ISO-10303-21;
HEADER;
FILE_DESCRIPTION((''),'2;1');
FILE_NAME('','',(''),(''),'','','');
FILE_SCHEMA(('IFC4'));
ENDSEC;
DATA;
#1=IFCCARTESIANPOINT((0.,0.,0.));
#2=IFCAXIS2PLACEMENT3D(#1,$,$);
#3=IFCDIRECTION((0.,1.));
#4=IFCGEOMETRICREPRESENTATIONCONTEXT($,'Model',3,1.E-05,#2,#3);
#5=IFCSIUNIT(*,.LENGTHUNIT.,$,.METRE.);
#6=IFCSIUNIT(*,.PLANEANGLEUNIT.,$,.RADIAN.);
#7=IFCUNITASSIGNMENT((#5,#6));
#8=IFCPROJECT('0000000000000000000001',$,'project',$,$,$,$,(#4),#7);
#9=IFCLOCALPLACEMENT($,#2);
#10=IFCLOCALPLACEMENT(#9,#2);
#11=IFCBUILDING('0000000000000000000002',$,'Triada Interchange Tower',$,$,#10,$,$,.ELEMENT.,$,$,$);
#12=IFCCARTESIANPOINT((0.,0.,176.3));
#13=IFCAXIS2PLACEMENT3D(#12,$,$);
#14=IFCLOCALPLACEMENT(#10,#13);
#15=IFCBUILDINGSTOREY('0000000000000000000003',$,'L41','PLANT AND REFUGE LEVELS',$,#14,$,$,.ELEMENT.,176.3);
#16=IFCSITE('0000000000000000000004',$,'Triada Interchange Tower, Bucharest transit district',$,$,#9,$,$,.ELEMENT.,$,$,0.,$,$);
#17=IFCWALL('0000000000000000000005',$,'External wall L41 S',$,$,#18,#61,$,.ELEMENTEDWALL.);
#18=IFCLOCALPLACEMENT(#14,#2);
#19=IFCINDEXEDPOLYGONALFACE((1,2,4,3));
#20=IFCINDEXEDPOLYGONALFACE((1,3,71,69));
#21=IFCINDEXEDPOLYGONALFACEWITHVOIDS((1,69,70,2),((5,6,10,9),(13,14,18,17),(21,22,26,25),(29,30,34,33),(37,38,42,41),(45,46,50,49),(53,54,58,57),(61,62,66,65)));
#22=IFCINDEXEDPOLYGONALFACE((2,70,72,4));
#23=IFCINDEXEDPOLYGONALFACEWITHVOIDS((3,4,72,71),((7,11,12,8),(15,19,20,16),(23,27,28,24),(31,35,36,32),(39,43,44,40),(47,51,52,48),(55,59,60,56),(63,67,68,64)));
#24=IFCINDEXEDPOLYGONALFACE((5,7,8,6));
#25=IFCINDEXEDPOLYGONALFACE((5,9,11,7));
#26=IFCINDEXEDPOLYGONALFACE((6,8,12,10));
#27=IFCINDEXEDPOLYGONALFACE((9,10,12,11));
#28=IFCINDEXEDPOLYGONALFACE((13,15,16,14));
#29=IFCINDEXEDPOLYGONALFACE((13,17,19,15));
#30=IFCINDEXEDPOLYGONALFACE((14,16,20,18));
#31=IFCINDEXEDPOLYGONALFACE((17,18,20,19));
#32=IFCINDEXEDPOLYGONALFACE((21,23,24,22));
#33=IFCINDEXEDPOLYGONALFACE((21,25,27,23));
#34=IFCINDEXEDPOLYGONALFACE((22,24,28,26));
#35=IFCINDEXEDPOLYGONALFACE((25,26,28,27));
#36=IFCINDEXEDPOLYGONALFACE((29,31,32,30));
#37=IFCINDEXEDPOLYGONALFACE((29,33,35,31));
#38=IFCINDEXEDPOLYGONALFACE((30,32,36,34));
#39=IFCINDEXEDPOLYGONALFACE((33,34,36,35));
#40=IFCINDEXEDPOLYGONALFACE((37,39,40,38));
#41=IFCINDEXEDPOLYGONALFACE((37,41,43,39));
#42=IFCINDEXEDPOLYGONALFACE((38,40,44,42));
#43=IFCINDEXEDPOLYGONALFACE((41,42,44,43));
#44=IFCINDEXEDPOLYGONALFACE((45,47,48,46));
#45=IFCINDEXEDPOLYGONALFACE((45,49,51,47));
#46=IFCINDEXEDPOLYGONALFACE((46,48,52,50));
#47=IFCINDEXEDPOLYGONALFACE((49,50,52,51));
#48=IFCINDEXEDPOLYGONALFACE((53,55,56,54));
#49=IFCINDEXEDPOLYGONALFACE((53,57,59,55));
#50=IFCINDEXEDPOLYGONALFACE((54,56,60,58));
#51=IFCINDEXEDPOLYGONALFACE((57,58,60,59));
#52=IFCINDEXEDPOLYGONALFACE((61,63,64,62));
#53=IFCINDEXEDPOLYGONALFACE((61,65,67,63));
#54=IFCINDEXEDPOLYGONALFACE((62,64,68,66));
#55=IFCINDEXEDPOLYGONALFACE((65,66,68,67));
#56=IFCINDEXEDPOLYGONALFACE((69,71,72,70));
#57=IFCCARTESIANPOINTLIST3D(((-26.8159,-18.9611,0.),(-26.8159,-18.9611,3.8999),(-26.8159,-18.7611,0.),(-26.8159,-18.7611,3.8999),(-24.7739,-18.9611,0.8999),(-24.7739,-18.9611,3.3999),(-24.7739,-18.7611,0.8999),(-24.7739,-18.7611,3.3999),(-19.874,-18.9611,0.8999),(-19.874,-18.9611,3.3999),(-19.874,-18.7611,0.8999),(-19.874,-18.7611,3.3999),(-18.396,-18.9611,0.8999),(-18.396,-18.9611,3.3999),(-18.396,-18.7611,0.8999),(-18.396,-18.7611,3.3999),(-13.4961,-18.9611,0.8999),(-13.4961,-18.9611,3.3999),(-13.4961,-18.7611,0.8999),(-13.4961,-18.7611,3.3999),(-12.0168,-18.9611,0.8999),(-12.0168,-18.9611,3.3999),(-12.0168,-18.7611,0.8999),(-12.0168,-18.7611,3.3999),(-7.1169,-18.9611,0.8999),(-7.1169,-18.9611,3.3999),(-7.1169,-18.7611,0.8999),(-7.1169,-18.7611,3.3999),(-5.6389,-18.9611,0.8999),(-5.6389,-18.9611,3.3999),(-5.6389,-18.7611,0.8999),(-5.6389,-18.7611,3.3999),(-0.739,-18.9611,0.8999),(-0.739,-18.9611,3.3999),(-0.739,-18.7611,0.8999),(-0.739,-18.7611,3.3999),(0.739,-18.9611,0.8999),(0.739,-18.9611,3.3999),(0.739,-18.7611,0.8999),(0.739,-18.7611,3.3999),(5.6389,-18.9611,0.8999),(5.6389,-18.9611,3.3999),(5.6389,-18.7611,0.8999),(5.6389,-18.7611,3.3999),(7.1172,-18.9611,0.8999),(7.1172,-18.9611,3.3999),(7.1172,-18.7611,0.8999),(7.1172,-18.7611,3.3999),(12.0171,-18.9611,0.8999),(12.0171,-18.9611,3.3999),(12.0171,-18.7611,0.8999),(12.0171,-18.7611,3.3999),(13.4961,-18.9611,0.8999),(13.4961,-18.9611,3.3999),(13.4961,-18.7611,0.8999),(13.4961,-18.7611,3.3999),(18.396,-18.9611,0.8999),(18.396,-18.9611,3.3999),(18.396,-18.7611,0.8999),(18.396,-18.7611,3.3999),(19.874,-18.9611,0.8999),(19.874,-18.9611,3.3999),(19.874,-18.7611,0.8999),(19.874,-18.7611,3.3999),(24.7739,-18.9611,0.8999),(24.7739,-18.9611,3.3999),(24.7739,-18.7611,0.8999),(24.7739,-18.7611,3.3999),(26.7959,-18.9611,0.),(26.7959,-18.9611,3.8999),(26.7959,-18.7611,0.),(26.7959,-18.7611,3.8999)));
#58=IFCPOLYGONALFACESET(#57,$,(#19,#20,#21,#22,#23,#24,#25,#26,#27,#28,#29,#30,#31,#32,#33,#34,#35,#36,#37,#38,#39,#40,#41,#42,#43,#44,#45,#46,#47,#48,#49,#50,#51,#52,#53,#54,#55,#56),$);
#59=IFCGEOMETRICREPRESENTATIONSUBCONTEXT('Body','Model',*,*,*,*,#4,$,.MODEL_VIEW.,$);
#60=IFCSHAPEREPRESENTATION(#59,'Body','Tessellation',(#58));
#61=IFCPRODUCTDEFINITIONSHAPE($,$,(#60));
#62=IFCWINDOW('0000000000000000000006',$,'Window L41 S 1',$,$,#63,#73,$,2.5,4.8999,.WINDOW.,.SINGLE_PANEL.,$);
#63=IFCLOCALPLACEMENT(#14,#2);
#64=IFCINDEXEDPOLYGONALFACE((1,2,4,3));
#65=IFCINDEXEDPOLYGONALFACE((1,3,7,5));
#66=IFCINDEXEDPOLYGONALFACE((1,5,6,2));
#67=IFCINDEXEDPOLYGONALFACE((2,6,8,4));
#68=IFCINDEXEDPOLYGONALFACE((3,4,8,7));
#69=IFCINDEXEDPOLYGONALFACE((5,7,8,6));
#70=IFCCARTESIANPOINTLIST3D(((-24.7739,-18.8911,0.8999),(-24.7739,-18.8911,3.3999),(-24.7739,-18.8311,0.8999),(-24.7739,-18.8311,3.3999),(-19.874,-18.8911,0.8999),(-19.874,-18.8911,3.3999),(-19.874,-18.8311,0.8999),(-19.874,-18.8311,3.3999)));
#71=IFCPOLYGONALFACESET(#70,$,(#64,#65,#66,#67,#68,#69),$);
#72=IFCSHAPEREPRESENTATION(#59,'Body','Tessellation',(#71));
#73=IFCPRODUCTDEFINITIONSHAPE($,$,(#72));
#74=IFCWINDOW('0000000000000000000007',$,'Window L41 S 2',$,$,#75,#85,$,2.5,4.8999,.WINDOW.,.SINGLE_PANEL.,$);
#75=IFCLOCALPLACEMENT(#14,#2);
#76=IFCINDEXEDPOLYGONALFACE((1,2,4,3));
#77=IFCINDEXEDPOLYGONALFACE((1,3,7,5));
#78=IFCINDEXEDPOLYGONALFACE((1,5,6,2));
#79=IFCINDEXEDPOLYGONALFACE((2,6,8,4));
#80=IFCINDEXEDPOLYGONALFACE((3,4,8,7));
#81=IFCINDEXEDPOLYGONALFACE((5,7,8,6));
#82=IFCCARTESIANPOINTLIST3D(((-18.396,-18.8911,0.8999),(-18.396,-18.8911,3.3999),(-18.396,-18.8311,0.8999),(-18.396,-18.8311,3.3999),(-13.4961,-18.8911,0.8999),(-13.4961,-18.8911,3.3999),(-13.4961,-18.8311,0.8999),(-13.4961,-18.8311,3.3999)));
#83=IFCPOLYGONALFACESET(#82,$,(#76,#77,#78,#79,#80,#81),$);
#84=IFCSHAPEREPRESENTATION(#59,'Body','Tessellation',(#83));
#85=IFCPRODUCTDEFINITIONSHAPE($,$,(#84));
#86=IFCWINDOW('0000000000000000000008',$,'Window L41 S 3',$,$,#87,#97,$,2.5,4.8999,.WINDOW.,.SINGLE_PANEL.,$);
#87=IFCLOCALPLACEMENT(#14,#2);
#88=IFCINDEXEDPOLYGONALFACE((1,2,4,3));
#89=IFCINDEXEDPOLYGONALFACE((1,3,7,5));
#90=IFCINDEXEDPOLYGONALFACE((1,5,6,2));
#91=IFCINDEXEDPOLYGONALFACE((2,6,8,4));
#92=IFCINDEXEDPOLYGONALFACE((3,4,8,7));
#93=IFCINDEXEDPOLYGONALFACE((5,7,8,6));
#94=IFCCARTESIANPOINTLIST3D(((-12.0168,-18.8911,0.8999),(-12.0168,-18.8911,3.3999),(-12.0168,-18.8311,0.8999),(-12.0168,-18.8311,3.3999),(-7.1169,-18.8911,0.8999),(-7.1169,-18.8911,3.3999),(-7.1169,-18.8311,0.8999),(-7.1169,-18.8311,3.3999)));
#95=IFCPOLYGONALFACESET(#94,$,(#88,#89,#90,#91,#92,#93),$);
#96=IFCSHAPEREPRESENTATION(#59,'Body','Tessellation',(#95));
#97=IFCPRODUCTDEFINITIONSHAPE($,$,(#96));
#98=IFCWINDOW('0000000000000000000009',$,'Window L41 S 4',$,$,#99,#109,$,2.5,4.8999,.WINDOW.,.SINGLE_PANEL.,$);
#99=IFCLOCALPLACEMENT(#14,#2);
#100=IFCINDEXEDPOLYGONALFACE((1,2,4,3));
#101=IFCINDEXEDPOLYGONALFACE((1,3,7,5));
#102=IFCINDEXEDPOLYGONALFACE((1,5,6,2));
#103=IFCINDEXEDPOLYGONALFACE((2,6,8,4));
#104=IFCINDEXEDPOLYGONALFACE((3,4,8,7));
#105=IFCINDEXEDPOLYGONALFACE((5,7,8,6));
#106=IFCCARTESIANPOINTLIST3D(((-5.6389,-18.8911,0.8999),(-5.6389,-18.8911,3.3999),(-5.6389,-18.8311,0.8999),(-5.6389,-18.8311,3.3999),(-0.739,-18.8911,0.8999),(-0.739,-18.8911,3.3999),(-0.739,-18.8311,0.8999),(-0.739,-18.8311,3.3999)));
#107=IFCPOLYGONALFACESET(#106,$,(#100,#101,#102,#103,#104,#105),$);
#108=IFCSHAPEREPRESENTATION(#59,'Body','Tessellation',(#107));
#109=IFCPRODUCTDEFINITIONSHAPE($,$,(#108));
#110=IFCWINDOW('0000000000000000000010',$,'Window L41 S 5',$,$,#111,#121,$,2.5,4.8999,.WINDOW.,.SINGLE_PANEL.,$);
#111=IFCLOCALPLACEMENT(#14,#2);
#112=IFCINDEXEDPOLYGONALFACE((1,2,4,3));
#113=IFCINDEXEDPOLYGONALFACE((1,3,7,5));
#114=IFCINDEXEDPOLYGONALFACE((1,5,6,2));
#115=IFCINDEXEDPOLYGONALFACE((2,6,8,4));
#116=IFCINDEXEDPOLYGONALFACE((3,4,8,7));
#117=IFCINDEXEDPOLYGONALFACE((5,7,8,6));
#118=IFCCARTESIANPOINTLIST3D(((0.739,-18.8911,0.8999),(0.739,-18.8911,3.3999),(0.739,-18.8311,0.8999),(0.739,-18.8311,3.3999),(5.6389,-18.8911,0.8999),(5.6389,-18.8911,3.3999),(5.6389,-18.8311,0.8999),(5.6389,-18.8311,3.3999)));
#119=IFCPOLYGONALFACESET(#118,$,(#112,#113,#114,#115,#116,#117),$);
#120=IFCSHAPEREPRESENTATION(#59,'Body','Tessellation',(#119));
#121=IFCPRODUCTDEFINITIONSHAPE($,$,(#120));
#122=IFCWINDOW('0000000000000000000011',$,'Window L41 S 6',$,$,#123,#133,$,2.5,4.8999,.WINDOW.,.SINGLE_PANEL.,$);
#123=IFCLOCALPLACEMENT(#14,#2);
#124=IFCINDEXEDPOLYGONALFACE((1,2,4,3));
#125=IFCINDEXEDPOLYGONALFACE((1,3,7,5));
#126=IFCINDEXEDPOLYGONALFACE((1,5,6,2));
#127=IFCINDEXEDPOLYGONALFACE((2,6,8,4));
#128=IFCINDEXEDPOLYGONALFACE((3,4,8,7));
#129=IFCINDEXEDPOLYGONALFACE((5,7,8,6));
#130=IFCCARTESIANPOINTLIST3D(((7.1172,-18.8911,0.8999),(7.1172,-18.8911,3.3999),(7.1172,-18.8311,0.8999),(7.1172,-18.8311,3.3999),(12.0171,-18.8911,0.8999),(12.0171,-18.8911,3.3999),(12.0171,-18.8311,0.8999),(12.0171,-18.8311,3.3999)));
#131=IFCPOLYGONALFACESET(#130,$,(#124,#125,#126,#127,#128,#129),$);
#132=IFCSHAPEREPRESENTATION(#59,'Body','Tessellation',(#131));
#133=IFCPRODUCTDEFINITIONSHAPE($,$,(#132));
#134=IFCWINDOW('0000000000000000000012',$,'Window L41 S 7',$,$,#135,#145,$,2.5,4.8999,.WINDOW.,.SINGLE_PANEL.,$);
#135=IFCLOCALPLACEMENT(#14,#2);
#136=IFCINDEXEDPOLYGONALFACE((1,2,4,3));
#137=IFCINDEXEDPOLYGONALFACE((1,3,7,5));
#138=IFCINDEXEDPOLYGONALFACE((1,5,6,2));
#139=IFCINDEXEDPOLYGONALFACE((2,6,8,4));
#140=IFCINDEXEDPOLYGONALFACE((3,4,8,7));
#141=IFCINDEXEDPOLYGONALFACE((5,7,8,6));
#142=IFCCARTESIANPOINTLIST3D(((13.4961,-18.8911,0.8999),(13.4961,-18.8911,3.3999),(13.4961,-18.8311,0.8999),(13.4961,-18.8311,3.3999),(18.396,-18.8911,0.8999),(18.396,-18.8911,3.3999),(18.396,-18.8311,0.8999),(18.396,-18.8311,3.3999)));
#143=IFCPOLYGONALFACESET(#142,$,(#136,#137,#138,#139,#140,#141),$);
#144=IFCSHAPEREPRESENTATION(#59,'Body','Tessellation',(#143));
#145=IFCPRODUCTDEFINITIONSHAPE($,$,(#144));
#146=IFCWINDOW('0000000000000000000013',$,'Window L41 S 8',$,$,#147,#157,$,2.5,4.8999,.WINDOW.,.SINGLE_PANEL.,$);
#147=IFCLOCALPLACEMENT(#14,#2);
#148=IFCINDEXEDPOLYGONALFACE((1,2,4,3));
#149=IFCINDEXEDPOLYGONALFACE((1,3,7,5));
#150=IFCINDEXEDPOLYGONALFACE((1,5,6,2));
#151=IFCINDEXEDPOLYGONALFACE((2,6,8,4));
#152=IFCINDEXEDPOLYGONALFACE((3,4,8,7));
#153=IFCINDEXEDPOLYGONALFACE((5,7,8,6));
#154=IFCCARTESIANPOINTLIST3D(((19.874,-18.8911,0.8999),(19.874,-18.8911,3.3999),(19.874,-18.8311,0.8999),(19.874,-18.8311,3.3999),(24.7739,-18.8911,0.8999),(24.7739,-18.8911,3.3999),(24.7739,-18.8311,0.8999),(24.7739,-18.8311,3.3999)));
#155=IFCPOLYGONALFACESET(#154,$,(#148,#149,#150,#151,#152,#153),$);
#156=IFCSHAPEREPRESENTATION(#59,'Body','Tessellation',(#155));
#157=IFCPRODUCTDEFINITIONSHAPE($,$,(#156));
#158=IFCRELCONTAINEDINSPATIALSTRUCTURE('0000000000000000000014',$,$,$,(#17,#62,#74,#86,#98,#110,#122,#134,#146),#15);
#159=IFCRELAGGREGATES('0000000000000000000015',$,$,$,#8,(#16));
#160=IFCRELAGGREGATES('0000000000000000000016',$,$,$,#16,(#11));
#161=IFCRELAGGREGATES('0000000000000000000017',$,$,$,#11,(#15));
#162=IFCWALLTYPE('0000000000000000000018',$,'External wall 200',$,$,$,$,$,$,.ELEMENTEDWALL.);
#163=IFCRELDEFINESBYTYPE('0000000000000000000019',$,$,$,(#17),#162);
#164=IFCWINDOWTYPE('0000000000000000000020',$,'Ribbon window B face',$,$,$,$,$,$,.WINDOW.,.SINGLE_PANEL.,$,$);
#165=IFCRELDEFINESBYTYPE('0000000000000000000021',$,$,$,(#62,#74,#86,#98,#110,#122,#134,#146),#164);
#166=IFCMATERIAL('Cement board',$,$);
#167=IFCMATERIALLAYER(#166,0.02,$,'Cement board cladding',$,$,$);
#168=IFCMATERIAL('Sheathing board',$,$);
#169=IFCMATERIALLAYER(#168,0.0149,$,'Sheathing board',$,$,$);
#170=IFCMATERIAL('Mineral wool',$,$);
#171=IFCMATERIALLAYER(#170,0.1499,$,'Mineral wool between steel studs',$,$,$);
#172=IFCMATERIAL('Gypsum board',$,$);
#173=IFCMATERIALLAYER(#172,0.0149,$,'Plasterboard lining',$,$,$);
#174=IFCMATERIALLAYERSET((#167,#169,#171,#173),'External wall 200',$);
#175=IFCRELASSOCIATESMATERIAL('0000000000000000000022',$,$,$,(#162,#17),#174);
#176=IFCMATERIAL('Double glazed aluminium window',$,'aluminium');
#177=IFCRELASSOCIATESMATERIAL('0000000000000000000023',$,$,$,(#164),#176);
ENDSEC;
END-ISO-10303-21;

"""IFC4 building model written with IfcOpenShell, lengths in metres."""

from ifc_helpers import new_model, si_unit, direction, frame, frame_2d, origin, place, context, subcontext, project, spatial, rectangle, extrude, material, layer, layer_set, layer_usage, type_object, element, fill, save


model = new_model("IFC4")

# Units and contexts
model_context = context("Model", 3, precision=1e-05, world=origin(), true_north=direction((0.0, 1.0)))
body_context = subcontext(model_context, "Body", "Model", "MODEL_VIEW")
ifc_project = project(units=[si_unit("LENGTHUNIT", "METRE"), si_unit("PLANEANGLEUNIT", "RADIAN")], contexts=[model_context])

# Site, building, storey
site_placement = place(None, origin())
site = spatial("IfcSite", under=ifc_project, at=site_placement, Name="Triada Interchange Tower, Bucharest transit district", CompositionType="ELEMENT", RefElevation=0.0)
building_placement = place(site_placement, origin())
building = spatial("IfcBuilding", under=site, at=building_placement, Name="Triada Interchange Tower", CompositionType="ELEMENT")
storey_placement = place(building_placement, frame((0.0, 0.0, 176.3)))
storey = spatial("IfcBuildingStorey", under=building, at=storey_placement, Name="L41", Description="PLANT AND REFUGE LEVELS", CompositionType="ELEMENT", Elevation=176.3)

# Wall, openings, windows
ifc_material_1 = material(Name="Cement board")
ifc_layer_1 = layer(ifc_material_1, 0.02, Name="Cement board cladding")
ifc_material_2 = material(Name="Sheathing board")
ifc_layer_2 = layer(ifc_material_2, 0.0149, Name="Sheathing board")
ifc_material_3 = material(Name="Mineral wool")
ifc_layer_3 = layer(ifc_material_3, 0.1499, Name="Mineral wool between steel studs")
ifc_material_4 = material(Name="Gypsum board")
ifc_layer_4 = layer(ifc_material_4, 0.0149, Name="Plasterboard lining")
ifc_layer_set_1 = layer_set([ifc_layer_1, ifc_layer_2, ifc_layer_3, ifc_layer_4], Name="External wall 200")
ifc_layer_usage = layer_usage(ifc_layer_set_1, "AXIS2", "POSITIVE", -0.1001)
wall_type_1 = type_object("IfcWallType", Name="External wall 200", PredefinedType="ELEMENTEDWALL", material=ifc_layer_set_1)
wall_1_placement = place(storey_placement, frame((-26.8159, -18.8611, 0.0), z_axis=(0.0, 0.0, 1.0), x_axis=(1.0, 0.0, 0.0)))
wall_1 = element("IfcWall", 1, at=wall_1_placement, inside=storey, type_object=wall_type_1, material=ifc_layer_usage, Name="External wall L41 S", PredefinedType="ELEMENTEDWALL", context=body_context, shape_type="SweptSolid", body=[
    extrude(rectangle(XDim=53.6118, YDim=0.2, at=frame_2d((26.8059, 0.0))), origin(), (0.0, 0.0, 1.0), 3.8999),
])
opening_1_placement = place(wall_1_placement, frame((2.042, 0.0, 0.8999)))
opening_1 = element("IfcOpeningElement", 2, at=opening_1_placement, cuts=wall_1, PredefinedType="OPENING", context=body_context, shape_type="SweptSolid", body=[
    extrude(rectangle(XDim=4.8999, YDim=2.5, at=frame_2d((2.45, 1.25))), frame((0.0, 0.1099, 0.0), z_axis=(0.0, -1.0, 0.0), x_axis=(1.0, 0.0, 0.0)), (0.0, 0.0, 1.0), 0.22),
])
opening_2_placement = place(wall_1_placement, frame((8.4199, 0.0, 0.8999)))
opening_2 = element("IfcOpeningElement", 3, at=opening_2_placement, cuts=wall_1, PredefinedType="OPENING", context=body_context, shape_type="SweptSolid", body=[
    extrude(rectangle(XDim=4.8999, YDim=2.5, at=frame_2d((2.45, 1.25))), frame((0.0, 0.1099, 0.0), z_axis=(0.0, -1.0, 0.0), x_axis=(1.0, 0.0, 0.0)), (0.0, 0.0, 1.0), 0.22),
])
opening_3_placement = place(wall_1_placement, frame((14.7991, 0.0, 0.8999)))
opening_3 = element("IfcOpeningElement", 4, at=opening_3_placement, cuts=wall_1, PredefinedType="OPENING", context=body_context, shape_type="SweptSolid", body=[
    extrude(rectangle(XDim=4.8999, YDim=2.5, at=frame_2d((2.45, 1.25))), frame((0.0, 0.1099, 0.0), z_axis=(0.0, -1.0, 0.0), x_axis=(1.0, 0.0, 0.0)), (0.0, 0.0, 1.0), 0.22),
])
opening_4_placement = place(wall_1_placement, frame((21.177, 0.0, 0.8999)))
opening_4 = element("IfcOpeningElement", 5, at=opening_4_placement, cuts=wall_1, PredefinedType="OPENING", context=body_context, shape_type="SweptSolid", body=[
    extrude(rectangle(XDim=4.8999, YDim=2.5, at=frame_2d((2.45, 1.25))), frame((0.0, 0.1099, 0.0), z_axis=(0.0, -1.0, 0.0), x_axis=(1.0, 0.0, 0.0)), (0.0, 0.0, 1.0), 0.22),
])
opening_5_placement = place(wall_1_placement, frame((27.5549, 0.0, 0.8999)))
opening_5 = element("IfcOpeningElement", 6, at=opening_5_placement, cuts=wall_1, PredefinedType="OPENING", context=body_context, shape_type="SweptSolid", body=[
    extrude(rectangle(XDim=4.8999, YDim=2.5, at=frame_2d((2.45, 1.25))), frame((0.0, 0.1099, 0.0), z_axis=(0.0, -1.0, 0.0), x_axis=(1.0, 0.0, 0.0)), (0.0, 0.0, 1.0), 0.22),
])
opening_6_placement = place(wall_1_placement, frame((33.9331, 0.0, 0.8999)))
opening_6 = element("IfcOpeningElement", 7, at=opening_6_placement, cuts=wall_1, PredefinedType="OPENING", context=body_context, shape_type="SweptSolid", body=[
    extrude(rectangle(XDim=4.8999, YDim=2.5, at=frame_2d((2.45, 1.25))), frame((0.0, 0.1099, 0.0), z_axis=(0.0, -1.0, 0.0), x_axis=(1.0, 0.0, 0.0)), (0.0, 0.0, 1.0), 0.22),
])
opening_7_placement = place(wall_1_placement, frame((40.312, 0.0, 0.8999)))
opening_7 = element("IfcOpeningElement", 8, at=opening_7_placement, cuts=wall_1, PredefinedType="OPENING", context=body_context, shape_type="SweptSolid", body=[
    extrude(rectangle(XDim=4.8999, YDim=2.5, at=frame_2d((2.45, 1.25))), frame((0.0, 0.1099, 0.0), z_axis=(0.0, -1.0, 0.0), x_axis=(1.0, 0.0, 0.0)), (0.0, 0.0, 1.0), 0.22),
])
opening_8_placement = place(wall_1_placement, frame((46.6899, 0.0, 0.8999)))
opening_8 = element("IfcOpeningElement", 9, at=opening_8_placement, cuts=wall_1, PredefinedType="OPENING", context=body_context, shape_type="SweptSolid", body=[
    extrude(rectangle(XDim=4.8999, YDim=2.5, at=frame_2d((2.45, 1.25))), frame((0.0, 0.1099, 0.0), z_axis=(0.0, -1.0, 0.0), x_axis=(1.0, 0.0, 0.0)), (0.0, 0.0, 1.0), 0.22),
])
ifc_material_5 = material(Name="Double glazed aluminium window", Category="aluminium")
window_type = type_object("IfcWindowType", Name="Ribbon window B face", PartitioningType="SINGLE_PANEL", PredefinedType="WINDOW", material=ifc_material_5)
window_1_placement = place(opening_1_placement, origin())
window_1 = element("IfcWindow", 10, at=window_1_placement, inside=storey, type_object=window_type, Name="Window L41 S 1", OverallHeight=2.5, OverallWidth=4.8999, PartitioningType="SINGLE_PANEL", PredefinedType="WINDOW", context=body_context, shape_type="SweptSolid", body=[
    extrude(rectangle(XDim=4.8999, YDim=2.5, at=frame_2d((2.45, 1.25))), frame((0.0, 0.03, 0.0), z_axis=(0.0, -1.0, 0.0), x_axis=(1.0, 0.0, 0.0)), (0.0, 0.0, 1.0), 0.0601),
])
fill(opening_1, window_1)
window_2_placement = place(opening_2_placement, origin())
window_2 = element("IfcWindow", 11, at=window_2_placement, inside=storey, type_object=window_type, Name="Window L41 S 2", OverallHeight=2.5, OverallWidth=4.8999, PartitioningType="SINGLE_PANEL", PredefinedType="WINDOW", context=body_context, shape_type="SweptSolid", body=[
    extrude(rectangle(XDim=4.8999, YDim=2.5, at=frame_2d((2.45, 1.25))), frame((0.0, 0.03, 0.0), z_axis=(0.0, -1.0, 0.0), x_axis=(1.0, 0.0, 0.0)), (0.0, 0.0, 1.0), 0.0601),
])
fill(opening_2, window_2)
window_3_placement = place(opening_3_placement, origin())
window_3 = element("IfcWindow", 12, at=window_3_placement, inside=storey, type_object=window_type, Name="Window L41 S 3", OverallHeight=2.5, OverallWidth=4.8999, PartitioningType="SINGLE_PANEL", PredefinedType="WINDOW", context=body_context, shape_type="SweptSolid", body=[
    extrude(rectangle(XDim=4.8999, YDim=2.5, at=frame_2d((2.45, 1.25))), frame((0.0, 0.03, 0.0), z_axis=(0.0, -1.0, 0.0), x_axis=(1.0, 0.0, 0.0)), (0.0, 0.0, 1.0), 0.0601),
])
fill(opening_3, window_3)
window_4_placement = place(opening_4_placement, origin())
window_4 = element("IfcWindow", 13, at=window_4_placement, inside=storey, type_object=window_type, Name="Window L41 S 4", OverallHeight=2.5, OverallWidth=4.8999, PartitioningType="SINGLE_PANEL", PredefinedType="WINDOW", context=body_context, shape_type="SweptSolid", body=[
    extrude(rectangle(XDim=4.8999, YDim=2.5, at=frame_2d((2.45, 1.25))), frame((0.0, 0.03, 0.0), z_axis=(0.0, -1.0, 0.0), x_axis=(1.0, 0.0, 0.0)), (0.0, 0.0, 1.0), 0.0601),
])
fill(opening_4, window_4)
window_5_placement = place(opening_5_placement, origin())
window_5 = element("IfcWindow", 14, at=window_5_placement, inside=storey, type_object=window_type, Name="Window L41 S 5", OverallHeight=2.5, OverallWidth=4.8999, PartitioningType="SINGLE_PANEL", PredefinedType="WINDOW", context=body_context, shape_type="SweptSolid", body=[
    extrude(rectangle(XDim=4.8999, YDim=2.5, at=frame_2d((2.45, 1.25))), frame((0.0, 0.03, 0.0), z_axis=(0.0, -1.0, 0.0), x_axis=(1.0, 0.0, 0.0)), (0.0, 0.0, 1.0), 0.0601),
])
fill(opening_5, window_5)
window_6_placement = place(opening_6_placement, origin())
window_6 = element("IfcWindow", 15, at=window_6_placement, inside=storey, type_object=window_type, Name="Window L41 S 6", OverallHeight=2.5, OverallWidth=4.8999, PartitioningType="SINGLE_PANEL", PredefinedType="WINDOW", context=body_context, shape_type="SweptSolid", body=[
    extrude(rectangle(XDim=4.8999, YDim=2.5, at=frame_2d((2.45, 1.25))), frame((0.0, 0.03, 0.0), z_axis=(0.0, -1.0, 0.0), x_axis=(1.0, 0.0, 0.0)), (0.0, 0.0, 1.0), 0.0601),
])
fill(opening_6, window_6)
window_7_placement = place(opening_7_placement, origin())
window_7 = element("IfcWindow", 16, at=window_7_placement, inside=storey, type_object=window_type, Name="Window L41 S 7", OverallHeight=2.5, OverallWidth=4.8999, PartitioningType="SINGLE_PANEL", PredefinedType="WINDOW", context=body_context, shape_type="SweptSolid", body=[
    extrude(rectangle(XDim=4.8999, YDim=2.5, at=frame_2d((2.45, 1.25))), frame((0.0, 0.03, 0.0), z_axis=(0.0, -1.0, 0.0), x_axis=(1.0, 0.0, 0.0)), (0.0, 0.0, 1.0), 0.0601),
])
fill(opening_7, window_7)
window_8_placement = place(opening_8_placement, origin())
window_8 = element("IfcWindow", 17, at=window_8_placement, inside=storey, type_object=window_type, Name="Window L41 S 8", OverallHeight=2.5, OverallWidth=4.8999, PartitioningType="SINGLE_PANEL", PredefinedType="WINDOW", context=body_context, shape_type="SweptSolid", body=[
    extrude(rectangle(XDim=4.8999, YDim=2.5, at=frame_2d((2.45, 1.25))), frame((0.0, 0.03, 0.0), z_axis=(0.0, -1.0, 0.0), x_axis=(1.0, 0.0, 0.0)), (0.0, 0.0, 1.0), 0.0601),
])
fill(opening_8, window_8)

save(model, "model.ifc")
